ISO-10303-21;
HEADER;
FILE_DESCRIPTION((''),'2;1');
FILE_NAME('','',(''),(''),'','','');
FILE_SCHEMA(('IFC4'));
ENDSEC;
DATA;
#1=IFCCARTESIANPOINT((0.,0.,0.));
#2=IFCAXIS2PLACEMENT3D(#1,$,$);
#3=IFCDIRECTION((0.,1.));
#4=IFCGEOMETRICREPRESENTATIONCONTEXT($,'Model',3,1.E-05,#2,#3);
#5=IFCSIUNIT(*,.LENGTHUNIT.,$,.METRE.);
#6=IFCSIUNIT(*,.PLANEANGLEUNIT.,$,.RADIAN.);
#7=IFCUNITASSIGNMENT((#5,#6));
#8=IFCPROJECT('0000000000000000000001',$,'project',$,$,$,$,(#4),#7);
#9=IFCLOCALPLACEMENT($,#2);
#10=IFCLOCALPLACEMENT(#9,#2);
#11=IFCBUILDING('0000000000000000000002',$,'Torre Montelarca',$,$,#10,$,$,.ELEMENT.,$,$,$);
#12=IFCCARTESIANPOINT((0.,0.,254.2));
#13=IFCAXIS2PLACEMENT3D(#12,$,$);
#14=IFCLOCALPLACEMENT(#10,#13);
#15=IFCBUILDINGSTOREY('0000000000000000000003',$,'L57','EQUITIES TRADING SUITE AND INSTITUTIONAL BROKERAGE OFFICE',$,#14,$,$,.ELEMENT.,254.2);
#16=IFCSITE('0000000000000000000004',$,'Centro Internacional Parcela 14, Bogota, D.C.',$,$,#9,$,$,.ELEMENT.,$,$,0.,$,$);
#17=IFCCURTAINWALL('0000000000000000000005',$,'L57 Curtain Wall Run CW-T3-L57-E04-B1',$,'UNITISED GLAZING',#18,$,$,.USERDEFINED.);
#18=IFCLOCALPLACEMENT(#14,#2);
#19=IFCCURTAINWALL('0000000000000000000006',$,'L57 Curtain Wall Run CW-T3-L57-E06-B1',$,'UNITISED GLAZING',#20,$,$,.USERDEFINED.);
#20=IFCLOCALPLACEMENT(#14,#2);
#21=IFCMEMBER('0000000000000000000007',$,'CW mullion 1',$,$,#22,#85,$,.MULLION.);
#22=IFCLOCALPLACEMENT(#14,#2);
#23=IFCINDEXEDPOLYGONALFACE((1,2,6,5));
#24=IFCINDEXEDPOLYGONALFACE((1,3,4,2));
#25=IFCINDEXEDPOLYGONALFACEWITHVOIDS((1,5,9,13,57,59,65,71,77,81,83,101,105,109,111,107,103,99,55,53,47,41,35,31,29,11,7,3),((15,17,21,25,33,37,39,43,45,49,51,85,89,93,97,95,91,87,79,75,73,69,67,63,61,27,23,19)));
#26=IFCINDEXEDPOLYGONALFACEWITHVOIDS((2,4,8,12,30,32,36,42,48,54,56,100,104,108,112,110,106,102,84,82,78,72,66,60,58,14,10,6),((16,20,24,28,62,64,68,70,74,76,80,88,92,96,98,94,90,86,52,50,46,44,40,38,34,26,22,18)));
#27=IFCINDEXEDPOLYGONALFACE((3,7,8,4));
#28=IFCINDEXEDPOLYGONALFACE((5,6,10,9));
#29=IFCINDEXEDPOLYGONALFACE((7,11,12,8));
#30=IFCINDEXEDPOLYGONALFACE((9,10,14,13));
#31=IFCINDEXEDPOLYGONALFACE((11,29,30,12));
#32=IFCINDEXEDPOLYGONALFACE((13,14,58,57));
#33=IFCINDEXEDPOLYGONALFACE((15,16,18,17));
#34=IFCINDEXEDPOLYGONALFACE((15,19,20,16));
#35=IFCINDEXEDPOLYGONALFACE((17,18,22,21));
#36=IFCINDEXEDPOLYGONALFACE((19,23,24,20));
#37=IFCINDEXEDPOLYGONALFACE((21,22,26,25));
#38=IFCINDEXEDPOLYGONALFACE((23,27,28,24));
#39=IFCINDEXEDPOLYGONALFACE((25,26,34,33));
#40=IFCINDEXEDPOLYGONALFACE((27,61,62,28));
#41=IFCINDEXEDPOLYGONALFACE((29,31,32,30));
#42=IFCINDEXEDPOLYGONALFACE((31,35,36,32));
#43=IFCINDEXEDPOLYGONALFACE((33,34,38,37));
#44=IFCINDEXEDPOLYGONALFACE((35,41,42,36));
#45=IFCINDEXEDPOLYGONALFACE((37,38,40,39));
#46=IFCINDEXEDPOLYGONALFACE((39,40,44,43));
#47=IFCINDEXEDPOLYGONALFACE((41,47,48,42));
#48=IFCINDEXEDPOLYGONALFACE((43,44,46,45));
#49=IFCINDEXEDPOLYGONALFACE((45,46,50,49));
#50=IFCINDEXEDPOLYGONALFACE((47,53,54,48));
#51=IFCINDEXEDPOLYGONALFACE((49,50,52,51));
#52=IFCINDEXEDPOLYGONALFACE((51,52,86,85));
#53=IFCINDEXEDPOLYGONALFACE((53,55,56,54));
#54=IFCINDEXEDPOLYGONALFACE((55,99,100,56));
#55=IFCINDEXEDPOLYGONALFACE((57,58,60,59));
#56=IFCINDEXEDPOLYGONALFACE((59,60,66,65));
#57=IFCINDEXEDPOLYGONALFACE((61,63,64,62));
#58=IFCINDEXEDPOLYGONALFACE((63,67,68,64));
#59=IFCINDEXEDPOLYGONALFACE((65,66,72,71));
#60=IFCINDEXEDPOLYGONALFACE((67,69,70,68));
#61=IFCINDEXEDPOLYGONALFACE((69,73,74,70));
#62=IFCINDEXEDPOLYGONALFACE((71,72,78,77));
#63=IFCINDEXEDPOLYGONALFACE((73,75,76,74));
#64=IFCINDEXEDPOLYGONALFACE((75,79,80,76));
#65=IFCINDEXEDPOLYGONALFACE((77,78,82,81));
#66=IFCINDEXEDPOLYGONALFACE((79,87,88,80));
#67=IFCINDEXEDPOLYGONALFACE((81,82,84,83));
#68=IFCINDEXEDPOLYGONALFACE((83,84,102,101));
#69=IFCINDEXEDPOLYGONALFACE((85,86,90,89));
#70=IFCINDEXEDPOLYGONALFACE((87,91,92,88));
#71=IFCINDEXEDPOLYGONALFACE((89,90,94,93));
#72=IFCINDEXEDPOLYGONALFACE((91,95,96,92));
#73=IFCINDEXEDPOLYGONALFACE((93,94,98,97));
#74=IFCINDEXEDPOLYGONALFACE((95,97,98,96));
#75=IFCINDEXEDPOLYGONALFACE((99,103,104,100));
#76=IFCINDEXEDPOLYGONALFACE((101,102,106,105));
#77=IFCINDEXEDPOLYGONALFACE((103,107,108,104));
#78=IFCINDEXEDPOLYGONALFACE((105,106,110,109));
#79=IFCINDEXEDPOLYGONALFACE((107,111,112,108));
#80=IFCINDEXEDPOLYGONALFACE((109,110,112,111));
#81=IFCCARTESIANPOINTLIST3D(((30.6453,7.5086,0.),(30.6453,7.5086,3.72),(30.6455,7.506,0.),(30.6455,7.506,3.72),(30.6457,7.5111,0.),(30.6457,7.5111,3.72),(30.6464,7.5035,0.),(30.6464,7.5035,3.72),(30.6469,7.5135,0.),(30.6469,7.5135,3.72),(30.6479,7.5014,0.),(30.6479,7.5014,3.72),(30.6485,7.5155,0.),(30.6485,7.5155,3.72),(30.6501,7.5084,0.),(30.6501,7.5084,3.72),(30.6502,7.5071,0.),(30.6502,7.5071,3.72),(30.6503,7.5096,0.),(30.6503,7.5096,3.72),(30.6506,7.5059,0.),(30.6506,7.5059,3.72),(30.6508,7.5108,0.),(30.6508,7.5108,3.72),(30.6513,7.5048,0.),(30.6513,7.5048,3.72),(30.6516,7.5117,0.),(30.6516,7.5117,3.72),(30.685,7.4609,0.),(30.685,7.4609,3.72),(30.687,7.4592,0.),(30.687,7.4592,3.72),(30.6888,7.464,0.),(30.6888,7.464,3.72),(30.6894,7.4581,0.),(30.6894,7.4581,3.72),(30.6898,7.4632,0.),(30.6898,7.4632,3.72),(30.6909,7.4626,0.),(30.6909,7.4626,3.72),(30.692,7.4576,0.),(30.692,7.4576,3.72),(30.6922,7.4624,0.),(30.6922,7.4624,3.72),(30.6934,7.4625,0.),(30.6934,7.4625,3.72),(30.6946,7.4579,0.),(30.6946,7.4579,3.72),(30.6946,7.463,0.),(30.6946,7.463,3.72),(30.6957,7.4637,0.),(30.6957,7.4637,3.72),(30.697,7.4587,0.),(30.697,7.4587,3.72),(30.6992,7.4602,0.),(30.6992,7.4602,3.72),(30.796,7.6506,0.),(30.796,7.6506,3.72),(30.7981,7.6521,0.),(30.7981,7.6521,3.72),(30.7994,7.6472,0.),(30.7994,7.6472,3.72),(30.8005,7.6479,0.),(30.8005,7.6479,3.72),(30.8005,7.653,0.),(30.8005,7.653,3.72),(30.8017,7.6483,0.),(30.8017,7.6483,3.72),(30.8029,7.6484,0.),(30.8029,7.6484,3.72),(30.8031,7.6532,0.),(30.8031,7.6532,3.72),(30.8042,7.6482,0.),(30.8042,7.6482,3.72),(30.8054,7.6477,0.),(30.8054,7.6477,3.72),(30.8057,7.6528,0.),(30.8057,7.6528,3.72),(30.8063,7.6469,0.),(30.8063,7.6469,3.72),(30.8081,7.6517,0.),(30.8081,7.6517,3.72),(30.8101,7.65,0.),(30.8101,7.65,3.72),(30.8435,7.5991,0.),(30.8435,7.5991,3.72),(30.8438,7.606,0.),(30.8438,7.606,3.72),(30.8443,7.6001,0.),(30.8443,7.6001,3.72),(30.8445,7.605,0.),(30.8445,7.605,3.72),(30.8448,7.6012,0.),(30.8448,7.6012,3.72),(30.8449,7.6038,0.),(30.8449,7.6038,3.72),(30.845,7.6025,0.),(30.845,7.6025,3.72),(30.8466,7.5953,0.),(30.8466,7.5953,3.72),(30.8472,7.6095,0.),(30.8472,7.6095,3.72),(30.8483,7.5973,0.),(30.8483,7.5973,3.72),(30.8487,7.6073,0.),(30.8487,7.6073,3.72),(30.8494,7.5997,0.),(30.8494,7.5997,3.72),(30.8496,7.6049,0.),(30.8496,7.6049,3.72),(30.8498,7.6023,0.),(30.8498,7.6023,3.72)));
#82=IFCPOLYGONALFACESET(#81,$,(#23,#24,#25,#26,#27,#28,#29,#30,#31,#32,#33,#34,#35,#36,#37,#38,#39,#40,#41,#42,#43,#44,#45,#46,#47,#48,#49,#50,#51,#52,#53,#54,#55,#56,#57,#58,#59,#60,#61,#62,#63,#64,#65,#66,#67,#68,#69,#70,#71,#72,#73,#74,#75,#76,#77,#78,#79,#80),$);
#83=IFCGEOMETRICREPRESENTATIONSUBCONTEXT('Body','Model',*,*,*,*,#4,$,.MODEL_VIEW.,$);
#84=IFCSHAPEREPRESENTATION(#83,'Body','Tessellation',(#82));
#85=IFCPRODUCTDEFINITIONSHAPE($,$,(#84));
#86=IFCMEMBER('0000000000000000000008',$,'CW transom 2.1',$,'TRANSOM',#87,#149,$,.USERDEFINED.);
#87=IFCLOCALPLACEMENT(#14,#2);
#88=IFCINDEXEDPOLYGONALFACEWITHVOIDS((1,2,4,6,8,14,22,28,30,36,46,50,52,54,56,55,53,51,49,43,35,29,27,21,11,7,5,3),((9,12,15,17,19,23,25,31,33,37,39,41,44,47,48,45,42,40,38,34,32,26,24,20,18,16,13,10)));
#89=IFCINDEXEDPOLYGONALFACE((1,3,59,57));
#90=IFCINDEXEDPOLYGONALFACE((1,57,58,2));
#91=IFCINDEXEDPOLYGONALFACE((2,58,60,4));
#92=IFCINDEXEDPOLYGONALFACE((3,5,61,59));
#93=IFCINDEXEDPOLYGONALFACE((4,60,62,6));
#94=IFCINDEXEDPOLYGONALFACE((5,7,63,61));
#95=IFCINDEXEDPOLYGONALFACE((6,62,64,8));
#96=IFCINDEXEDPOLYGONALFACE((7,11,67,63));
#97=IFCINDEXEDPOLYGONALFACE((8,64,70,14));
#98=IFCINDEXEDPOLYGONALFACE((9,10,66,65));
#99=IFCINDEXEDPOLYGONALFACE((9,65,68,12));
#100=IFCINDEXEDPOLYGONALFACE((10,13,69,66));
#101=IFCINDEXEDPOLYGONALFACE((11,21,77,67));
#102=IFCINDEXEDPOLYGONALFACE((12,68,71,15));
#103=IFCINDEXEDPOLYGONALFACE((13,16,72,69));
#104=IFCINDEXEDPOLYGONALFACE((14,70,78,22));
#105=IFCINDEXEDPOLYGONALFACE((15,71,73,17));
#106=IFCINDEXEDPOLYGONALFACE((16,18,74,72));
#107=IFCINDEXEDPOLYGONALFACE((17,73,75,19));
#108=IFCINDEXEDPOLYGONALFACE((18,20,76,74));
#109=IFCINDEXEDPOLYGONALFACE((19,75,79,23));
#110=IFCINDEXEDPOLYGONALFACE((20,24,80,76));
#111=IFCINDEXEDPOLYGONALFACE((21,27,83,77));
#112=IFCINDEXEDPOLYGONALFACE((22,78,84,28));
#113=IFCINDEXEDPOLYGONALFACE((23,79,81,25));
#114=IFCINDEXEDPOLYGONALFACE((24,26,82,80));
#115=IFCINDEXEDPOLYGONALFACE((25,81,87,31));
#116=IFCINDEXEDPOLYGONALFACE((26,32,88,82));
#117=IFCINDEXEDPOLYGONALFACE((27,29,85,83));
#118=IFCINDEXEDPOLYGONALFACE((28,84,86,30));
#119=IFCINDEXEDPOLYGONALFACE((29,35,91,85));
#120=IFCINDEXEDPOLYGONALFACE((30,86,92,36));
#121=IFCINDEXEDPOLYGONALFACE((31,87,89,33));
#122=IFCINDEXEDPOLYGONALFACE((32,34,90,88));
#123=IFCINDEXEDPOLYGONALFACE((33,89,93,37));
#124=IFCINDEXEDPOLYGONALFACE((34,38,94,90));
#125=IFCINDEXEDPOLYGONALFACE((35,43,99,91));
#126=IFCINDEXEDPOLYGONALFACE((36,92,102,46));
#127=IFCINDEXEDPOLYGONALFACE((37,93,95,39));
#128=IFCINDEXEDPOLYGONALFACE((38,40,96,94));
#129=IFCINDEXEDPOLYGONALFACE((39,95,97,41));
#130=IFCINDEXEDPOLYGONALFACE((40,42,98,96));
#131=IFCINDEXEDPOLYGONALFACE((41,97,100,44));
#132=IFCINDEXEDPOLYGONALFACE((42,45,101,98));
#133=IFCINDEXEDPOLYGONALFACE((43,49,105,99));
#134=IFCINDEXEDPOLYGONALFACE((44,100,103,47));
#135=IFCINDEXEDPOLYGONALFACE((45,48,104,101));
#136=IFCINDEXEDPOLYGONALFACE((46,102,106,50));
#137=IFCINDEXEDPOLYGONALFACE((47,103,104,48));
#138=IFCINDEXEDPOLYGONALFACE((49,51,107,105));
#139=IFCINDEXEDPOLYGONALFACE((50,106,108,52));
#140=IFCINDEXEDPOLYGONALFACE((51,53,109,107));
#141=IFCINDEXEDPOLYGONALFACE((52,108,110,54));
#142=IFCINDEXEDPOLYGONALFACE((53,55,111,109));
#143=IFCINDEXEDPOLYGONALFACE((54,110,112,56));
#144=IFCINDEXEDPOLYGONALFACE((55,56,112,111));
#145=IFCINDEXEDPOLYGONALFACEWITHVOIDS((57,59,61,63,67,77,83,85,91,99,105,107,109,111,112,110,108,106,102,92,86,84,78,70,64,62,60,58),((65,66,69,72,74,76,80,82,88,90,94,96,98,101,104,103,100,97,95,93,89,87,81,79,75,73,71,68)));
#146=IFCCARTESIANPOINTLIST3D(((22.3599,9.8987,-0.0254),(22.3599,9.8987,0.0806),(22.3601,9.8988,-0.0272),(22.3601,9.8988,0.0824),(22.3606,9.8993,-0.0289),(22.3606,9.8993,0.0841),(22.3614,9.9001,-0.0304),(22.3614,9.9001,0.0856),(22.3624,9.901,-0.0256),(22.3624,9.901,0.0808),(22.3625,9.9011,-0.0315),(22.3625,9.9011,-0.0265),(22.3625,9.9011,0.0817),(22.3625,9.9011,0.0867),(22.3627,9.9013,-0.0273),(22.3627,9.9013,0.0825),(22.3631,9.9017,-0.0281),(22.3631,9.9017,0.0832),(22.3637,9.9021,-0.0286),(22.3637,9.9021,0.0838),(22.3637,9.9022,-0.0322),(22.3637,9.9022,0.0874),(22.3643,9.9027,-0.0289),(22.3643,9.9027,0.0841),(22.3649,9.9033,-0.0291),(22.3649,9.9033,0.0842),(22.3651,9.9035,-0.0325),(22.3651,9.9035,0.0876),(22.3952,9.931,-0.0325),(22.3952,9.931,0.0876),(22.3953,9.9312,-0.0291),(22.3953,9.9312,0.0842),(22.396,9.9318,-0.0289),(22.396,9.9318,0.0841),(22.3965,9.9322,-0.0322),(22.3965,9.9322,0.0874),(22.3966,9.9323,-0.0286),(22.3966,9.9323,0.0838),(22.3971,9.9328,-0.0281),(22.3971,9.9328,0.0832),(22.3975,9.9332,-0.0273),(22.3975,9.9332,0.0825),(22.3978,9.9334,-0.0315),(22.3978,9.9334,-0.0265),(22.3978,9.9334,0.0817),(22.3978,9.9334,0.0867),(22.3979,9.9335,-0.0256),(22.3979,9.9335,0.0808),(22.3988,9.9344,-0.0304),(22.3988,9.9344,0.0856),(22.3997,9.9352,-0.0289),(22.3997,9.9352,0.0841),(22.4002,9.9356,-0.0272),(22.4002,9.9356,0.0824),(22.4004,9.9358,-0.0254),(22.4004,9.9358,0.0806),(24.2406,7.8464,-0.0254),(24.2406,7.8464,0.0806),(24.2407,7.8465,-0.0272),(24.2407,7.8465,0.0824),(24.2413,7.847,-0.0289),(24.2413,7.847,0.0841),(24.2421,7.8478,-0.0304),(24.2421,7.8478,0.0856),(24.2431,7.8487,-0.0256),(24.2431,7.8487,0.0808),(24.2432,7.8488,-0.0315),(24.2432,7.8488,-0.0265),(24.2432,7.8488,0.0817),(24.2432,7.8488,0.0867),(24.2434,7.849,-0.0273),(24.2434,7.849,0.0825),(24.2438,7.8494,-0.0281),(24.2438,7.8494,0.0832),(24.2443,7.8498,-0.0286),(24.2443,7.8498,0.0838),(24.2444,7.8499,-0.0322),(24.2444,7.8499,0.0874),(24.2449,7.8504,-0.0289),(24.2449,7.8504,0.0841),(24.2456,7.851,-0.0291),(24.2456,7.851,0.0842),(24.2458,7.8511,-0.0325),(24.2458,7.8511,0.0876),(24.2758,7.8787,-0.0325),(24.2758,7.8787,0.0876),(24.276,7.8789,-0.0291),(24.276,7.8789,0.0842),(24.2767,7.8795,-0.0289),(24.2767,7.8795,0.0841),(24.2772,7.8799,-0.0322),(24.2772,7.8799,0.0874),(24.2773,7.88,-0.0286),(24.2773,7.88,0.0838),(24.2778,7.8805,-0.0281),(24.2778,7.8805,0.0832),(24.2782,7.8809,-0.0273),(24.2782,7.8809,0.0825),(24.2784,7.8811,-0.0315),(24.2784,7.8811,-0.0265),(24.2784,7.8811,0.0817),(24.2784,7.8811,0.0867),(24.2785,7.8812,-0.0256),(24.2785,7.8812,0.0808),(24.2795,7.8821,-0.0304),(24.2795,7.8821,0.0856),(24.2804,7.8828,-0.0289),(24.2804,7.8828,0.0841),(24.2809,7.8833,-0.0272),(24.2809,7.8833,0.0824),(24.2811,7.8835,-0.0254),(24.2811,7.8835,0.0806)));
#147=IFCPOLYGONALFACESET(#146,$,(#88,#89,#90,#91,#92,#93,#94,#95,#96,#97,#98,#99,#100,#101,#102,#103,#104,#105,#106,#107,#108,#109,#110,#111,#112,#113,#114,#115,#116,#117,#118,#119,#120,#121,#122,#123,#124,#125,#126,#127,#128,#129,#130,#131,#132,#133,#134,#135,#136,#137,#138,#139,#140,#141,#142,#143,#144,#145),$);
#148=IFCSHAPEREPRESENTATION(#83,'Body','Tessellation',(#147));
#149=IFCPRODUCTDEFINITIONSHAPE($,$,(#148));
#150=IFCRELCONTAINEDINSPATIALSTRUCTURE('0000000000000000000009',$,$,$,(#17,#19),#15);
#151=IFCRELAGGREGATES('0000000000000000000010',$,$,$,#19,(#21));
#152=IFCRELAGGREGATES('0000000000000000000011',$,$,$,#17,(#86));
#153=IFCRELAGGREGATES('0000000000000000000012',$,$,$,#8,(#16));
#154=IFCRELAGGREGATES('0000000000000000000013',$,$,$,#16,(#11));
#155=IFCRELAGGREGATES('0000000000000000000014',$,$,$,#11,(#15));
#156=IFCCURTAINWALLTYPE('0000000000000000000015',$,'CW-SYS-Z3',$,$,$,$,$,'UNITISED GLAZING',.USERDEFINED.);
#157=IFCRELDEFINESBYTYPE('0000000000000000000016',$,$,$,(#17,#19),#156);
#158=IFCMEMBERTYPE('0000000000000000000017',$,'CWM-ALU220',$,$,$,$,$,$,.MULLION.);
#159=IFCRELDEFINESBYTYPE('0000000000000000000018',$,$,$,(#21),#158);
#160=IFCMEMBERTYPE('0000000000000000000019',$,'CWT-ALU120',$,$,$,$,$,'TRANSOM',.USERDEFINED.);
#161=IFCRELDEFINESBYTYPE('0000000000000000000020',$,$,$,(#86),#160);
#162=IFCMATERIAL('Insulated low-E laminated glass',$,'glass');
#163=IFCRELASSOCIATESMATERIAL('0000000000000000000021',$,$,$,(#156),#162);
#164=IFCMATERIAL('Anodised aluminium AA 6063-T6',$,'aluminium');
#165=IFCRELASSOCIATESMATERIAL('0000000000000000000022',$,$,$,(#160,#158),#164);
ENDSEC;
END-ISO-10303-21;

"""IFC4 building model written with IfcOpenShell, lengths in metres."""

from ifc_helpers import new_model, si_unit, direction, frame, origin, origin_2d, place, context, subcontext, project, spatial, hollow_rectangle, extrude, source, transform, mapped, material, material_profile, profile_set, type_object, element, aggregate, save


model = new_model("IFC4")

# Units and contexts
model_context = context("Model", 3, precision=1e-05, world=origin(), true_north=direction((0.0, 1.0)))
body_context = subcontext(model_context, "Body", "Model", "MODEL_VIEW")
ifc_project = project(units=[si_unit("LENGTHUNIT", "METRE"), si_unit("PLANEANGLEUNIT", "RADIAN")], contexts=[model_context])

# Site, building, storey
site_placement = place(None, origin())
site = spatial("IfcSite", under=ifc_project, at=site_placement, Name="Centro Internacional Parcela 14, Bogota, D.C.", CompositionType="ELEMENT", RefElevation=0.0)
building_placement = place(site_placement, origin())
building = spatial("IfcBuilding", under=site, at=building_placement, Name="Torre Montelarca", CompositionType="ELEMENT")
storey_placement = place(building_placement, frame((0.0, 0.0, 254.2)))
storey = spatial("IfcBuildingStorey", under=building, at=storey_placement, Name="L57", Description="EQUITIES TRADING SUITE AND INSTITUTIONAL BROKERAGE OFFICE", CompositionType="ELEMENT", Elevation=254.2)

# Curtain wall
ifc_material_1 = material(Name="Insulated low-E laminated glass", Category="glass")
curtain_wall_type = type_object("IfcCurtainWallType", Name="CW-SYS-Z3", ElementType="UNITISED GLAZING", PredefinedType="USERDEFINED", material=ifc_material_1)
ifc_material_2 = material(Name="Anodised aluminium AA 6063-T6", Category="aluminium")
ifc_material_profile_1 = material_profile(ifc_material_2, hollow_rectangle(XDim=0.0549, YDim=0.1201, WallThickness=0.0034, InnerFilletRadius=0.0034, OuterFilletRadius=0.0071, at=origin_2d()), Name="ALU55X120X3.5", Category="aluminium")
ifc_profile_set_1 = profile_set([ifc_material_profile_1], Name="Anodised aluminium AA 6063-T6")
member_type_1 = type_object("IfcMemberType", Name="CWT-ALU120", ElementType="TRANSOM", PredefinedType="USERDEFINED", material=ifc_profile_set_1)
curtain_wall_1_placement = place(storey_placement, origin())
curtain_wall_1 = element("IfcCurtainWall", 1, at=curtain_wall_1_placement, inside=storey, type_object=curtain_wall_type, Name="L57 Curtain Wall Run CW-T3-L57-E04-B1", ObjectType="UNITISED GLAZING", PredefinedType="USERDEFINED")
ifc_material_profile_2 = material_profile(ifc_material_2, hollow_rectangle(XDim=0.075, YDim=0.22, WallThickness=0.0049, InnerFilletRadius=0.0049, OuterFilletRadius=0.01, at=origin_2d()), Name="ALU75X220X5", Category="aluminium")
ifc_profile_set_2 = profile_set([ifc_material_profile_2], Name="Anodised aluminium AA 6063-T6")
member_type_2 = type_object("IfcMemberType", Name="CWM-ALU220", PredefinedType="MULLION", material=ifc_profile_set_2)
shared_shape_1 = source(origin(), body_context, "Body", "SweptSolid", [
    extrude(hollow_rectangle(XDim=0.075, YDim=0.22, WallThickness=0.0049, InnerFilletRadius=0.0049, OuterFilletRadius=0.01, at=origin_2d()), origin(), (0.0, 0.0, 1.0), 3.72),
])

# Curtain wall, member
curtain_wall_2_placement = place(storey_placement, origin())
curtain_wall_2 = element("IfcCurtainWall", 2, at=curtain_wall_2_placement, inside=storey, type_object=curtain_wall_type, Name="L57 Curtain Wall Run CW-T3-L57-E06-B1", ObjectType="UNITISED GLAZING", PredefinedType="USERDEFINED")
member_1_placement = place(storey_placement, frame((30.7476, 7.5554, 0.0), z_axis=(0.0, 0.0, 1.0), x_axis=(-0.675587, 0.73728, 0.0)))
member_1 = element("IfcMember", 3, at=member_1_placement, type_object=member_type_2, Name="CW mullion 1", PredefinedType="MULLION", context=body_context, shape_type="MappedRepresentation", body=[
    mapped(shared_shape_1, transform((0.0, 0.0, 0.0), scale=1.0)),
])
aggregate(curtain_wall_2, [member_1])

# Member
shared_shape_2 = source(origin(), body_context, "Body", "SweptSolid", [
    extrude(hollow_rectangle(XDim=0.0549, YDim=0.1201, WallThickness=0.0034, InnerFilletRadius=0.0034, OuterFilletRadius=0.0071, at=origin_2d()), origin(), (0.0, 0.0, 1.0), 2.7837),
])
member_2_placement = place(storey_placement, frame((22.3801, 9.9172, 0.0276), z_axis=(0.675605, -0.737263, 0.0), x_axis=(0.737263, 0.675605, 0.0)))
member_2 = element("IfcMember", 4, at=member_2_placement, type_object=member_type_1, Name="CW transom 2.1", ObjectType="TRANSOM", PredefinedType="USERDEFINED", context=body_context, shape_type="MappedRepresentation", body=[
    mapped(shared_shape_2, transform((0.0, 0.0, 0.0), scale=1.0)),
])

aggregate(curtain_wall_1, [member_2])

save(model, "model.ifc")
